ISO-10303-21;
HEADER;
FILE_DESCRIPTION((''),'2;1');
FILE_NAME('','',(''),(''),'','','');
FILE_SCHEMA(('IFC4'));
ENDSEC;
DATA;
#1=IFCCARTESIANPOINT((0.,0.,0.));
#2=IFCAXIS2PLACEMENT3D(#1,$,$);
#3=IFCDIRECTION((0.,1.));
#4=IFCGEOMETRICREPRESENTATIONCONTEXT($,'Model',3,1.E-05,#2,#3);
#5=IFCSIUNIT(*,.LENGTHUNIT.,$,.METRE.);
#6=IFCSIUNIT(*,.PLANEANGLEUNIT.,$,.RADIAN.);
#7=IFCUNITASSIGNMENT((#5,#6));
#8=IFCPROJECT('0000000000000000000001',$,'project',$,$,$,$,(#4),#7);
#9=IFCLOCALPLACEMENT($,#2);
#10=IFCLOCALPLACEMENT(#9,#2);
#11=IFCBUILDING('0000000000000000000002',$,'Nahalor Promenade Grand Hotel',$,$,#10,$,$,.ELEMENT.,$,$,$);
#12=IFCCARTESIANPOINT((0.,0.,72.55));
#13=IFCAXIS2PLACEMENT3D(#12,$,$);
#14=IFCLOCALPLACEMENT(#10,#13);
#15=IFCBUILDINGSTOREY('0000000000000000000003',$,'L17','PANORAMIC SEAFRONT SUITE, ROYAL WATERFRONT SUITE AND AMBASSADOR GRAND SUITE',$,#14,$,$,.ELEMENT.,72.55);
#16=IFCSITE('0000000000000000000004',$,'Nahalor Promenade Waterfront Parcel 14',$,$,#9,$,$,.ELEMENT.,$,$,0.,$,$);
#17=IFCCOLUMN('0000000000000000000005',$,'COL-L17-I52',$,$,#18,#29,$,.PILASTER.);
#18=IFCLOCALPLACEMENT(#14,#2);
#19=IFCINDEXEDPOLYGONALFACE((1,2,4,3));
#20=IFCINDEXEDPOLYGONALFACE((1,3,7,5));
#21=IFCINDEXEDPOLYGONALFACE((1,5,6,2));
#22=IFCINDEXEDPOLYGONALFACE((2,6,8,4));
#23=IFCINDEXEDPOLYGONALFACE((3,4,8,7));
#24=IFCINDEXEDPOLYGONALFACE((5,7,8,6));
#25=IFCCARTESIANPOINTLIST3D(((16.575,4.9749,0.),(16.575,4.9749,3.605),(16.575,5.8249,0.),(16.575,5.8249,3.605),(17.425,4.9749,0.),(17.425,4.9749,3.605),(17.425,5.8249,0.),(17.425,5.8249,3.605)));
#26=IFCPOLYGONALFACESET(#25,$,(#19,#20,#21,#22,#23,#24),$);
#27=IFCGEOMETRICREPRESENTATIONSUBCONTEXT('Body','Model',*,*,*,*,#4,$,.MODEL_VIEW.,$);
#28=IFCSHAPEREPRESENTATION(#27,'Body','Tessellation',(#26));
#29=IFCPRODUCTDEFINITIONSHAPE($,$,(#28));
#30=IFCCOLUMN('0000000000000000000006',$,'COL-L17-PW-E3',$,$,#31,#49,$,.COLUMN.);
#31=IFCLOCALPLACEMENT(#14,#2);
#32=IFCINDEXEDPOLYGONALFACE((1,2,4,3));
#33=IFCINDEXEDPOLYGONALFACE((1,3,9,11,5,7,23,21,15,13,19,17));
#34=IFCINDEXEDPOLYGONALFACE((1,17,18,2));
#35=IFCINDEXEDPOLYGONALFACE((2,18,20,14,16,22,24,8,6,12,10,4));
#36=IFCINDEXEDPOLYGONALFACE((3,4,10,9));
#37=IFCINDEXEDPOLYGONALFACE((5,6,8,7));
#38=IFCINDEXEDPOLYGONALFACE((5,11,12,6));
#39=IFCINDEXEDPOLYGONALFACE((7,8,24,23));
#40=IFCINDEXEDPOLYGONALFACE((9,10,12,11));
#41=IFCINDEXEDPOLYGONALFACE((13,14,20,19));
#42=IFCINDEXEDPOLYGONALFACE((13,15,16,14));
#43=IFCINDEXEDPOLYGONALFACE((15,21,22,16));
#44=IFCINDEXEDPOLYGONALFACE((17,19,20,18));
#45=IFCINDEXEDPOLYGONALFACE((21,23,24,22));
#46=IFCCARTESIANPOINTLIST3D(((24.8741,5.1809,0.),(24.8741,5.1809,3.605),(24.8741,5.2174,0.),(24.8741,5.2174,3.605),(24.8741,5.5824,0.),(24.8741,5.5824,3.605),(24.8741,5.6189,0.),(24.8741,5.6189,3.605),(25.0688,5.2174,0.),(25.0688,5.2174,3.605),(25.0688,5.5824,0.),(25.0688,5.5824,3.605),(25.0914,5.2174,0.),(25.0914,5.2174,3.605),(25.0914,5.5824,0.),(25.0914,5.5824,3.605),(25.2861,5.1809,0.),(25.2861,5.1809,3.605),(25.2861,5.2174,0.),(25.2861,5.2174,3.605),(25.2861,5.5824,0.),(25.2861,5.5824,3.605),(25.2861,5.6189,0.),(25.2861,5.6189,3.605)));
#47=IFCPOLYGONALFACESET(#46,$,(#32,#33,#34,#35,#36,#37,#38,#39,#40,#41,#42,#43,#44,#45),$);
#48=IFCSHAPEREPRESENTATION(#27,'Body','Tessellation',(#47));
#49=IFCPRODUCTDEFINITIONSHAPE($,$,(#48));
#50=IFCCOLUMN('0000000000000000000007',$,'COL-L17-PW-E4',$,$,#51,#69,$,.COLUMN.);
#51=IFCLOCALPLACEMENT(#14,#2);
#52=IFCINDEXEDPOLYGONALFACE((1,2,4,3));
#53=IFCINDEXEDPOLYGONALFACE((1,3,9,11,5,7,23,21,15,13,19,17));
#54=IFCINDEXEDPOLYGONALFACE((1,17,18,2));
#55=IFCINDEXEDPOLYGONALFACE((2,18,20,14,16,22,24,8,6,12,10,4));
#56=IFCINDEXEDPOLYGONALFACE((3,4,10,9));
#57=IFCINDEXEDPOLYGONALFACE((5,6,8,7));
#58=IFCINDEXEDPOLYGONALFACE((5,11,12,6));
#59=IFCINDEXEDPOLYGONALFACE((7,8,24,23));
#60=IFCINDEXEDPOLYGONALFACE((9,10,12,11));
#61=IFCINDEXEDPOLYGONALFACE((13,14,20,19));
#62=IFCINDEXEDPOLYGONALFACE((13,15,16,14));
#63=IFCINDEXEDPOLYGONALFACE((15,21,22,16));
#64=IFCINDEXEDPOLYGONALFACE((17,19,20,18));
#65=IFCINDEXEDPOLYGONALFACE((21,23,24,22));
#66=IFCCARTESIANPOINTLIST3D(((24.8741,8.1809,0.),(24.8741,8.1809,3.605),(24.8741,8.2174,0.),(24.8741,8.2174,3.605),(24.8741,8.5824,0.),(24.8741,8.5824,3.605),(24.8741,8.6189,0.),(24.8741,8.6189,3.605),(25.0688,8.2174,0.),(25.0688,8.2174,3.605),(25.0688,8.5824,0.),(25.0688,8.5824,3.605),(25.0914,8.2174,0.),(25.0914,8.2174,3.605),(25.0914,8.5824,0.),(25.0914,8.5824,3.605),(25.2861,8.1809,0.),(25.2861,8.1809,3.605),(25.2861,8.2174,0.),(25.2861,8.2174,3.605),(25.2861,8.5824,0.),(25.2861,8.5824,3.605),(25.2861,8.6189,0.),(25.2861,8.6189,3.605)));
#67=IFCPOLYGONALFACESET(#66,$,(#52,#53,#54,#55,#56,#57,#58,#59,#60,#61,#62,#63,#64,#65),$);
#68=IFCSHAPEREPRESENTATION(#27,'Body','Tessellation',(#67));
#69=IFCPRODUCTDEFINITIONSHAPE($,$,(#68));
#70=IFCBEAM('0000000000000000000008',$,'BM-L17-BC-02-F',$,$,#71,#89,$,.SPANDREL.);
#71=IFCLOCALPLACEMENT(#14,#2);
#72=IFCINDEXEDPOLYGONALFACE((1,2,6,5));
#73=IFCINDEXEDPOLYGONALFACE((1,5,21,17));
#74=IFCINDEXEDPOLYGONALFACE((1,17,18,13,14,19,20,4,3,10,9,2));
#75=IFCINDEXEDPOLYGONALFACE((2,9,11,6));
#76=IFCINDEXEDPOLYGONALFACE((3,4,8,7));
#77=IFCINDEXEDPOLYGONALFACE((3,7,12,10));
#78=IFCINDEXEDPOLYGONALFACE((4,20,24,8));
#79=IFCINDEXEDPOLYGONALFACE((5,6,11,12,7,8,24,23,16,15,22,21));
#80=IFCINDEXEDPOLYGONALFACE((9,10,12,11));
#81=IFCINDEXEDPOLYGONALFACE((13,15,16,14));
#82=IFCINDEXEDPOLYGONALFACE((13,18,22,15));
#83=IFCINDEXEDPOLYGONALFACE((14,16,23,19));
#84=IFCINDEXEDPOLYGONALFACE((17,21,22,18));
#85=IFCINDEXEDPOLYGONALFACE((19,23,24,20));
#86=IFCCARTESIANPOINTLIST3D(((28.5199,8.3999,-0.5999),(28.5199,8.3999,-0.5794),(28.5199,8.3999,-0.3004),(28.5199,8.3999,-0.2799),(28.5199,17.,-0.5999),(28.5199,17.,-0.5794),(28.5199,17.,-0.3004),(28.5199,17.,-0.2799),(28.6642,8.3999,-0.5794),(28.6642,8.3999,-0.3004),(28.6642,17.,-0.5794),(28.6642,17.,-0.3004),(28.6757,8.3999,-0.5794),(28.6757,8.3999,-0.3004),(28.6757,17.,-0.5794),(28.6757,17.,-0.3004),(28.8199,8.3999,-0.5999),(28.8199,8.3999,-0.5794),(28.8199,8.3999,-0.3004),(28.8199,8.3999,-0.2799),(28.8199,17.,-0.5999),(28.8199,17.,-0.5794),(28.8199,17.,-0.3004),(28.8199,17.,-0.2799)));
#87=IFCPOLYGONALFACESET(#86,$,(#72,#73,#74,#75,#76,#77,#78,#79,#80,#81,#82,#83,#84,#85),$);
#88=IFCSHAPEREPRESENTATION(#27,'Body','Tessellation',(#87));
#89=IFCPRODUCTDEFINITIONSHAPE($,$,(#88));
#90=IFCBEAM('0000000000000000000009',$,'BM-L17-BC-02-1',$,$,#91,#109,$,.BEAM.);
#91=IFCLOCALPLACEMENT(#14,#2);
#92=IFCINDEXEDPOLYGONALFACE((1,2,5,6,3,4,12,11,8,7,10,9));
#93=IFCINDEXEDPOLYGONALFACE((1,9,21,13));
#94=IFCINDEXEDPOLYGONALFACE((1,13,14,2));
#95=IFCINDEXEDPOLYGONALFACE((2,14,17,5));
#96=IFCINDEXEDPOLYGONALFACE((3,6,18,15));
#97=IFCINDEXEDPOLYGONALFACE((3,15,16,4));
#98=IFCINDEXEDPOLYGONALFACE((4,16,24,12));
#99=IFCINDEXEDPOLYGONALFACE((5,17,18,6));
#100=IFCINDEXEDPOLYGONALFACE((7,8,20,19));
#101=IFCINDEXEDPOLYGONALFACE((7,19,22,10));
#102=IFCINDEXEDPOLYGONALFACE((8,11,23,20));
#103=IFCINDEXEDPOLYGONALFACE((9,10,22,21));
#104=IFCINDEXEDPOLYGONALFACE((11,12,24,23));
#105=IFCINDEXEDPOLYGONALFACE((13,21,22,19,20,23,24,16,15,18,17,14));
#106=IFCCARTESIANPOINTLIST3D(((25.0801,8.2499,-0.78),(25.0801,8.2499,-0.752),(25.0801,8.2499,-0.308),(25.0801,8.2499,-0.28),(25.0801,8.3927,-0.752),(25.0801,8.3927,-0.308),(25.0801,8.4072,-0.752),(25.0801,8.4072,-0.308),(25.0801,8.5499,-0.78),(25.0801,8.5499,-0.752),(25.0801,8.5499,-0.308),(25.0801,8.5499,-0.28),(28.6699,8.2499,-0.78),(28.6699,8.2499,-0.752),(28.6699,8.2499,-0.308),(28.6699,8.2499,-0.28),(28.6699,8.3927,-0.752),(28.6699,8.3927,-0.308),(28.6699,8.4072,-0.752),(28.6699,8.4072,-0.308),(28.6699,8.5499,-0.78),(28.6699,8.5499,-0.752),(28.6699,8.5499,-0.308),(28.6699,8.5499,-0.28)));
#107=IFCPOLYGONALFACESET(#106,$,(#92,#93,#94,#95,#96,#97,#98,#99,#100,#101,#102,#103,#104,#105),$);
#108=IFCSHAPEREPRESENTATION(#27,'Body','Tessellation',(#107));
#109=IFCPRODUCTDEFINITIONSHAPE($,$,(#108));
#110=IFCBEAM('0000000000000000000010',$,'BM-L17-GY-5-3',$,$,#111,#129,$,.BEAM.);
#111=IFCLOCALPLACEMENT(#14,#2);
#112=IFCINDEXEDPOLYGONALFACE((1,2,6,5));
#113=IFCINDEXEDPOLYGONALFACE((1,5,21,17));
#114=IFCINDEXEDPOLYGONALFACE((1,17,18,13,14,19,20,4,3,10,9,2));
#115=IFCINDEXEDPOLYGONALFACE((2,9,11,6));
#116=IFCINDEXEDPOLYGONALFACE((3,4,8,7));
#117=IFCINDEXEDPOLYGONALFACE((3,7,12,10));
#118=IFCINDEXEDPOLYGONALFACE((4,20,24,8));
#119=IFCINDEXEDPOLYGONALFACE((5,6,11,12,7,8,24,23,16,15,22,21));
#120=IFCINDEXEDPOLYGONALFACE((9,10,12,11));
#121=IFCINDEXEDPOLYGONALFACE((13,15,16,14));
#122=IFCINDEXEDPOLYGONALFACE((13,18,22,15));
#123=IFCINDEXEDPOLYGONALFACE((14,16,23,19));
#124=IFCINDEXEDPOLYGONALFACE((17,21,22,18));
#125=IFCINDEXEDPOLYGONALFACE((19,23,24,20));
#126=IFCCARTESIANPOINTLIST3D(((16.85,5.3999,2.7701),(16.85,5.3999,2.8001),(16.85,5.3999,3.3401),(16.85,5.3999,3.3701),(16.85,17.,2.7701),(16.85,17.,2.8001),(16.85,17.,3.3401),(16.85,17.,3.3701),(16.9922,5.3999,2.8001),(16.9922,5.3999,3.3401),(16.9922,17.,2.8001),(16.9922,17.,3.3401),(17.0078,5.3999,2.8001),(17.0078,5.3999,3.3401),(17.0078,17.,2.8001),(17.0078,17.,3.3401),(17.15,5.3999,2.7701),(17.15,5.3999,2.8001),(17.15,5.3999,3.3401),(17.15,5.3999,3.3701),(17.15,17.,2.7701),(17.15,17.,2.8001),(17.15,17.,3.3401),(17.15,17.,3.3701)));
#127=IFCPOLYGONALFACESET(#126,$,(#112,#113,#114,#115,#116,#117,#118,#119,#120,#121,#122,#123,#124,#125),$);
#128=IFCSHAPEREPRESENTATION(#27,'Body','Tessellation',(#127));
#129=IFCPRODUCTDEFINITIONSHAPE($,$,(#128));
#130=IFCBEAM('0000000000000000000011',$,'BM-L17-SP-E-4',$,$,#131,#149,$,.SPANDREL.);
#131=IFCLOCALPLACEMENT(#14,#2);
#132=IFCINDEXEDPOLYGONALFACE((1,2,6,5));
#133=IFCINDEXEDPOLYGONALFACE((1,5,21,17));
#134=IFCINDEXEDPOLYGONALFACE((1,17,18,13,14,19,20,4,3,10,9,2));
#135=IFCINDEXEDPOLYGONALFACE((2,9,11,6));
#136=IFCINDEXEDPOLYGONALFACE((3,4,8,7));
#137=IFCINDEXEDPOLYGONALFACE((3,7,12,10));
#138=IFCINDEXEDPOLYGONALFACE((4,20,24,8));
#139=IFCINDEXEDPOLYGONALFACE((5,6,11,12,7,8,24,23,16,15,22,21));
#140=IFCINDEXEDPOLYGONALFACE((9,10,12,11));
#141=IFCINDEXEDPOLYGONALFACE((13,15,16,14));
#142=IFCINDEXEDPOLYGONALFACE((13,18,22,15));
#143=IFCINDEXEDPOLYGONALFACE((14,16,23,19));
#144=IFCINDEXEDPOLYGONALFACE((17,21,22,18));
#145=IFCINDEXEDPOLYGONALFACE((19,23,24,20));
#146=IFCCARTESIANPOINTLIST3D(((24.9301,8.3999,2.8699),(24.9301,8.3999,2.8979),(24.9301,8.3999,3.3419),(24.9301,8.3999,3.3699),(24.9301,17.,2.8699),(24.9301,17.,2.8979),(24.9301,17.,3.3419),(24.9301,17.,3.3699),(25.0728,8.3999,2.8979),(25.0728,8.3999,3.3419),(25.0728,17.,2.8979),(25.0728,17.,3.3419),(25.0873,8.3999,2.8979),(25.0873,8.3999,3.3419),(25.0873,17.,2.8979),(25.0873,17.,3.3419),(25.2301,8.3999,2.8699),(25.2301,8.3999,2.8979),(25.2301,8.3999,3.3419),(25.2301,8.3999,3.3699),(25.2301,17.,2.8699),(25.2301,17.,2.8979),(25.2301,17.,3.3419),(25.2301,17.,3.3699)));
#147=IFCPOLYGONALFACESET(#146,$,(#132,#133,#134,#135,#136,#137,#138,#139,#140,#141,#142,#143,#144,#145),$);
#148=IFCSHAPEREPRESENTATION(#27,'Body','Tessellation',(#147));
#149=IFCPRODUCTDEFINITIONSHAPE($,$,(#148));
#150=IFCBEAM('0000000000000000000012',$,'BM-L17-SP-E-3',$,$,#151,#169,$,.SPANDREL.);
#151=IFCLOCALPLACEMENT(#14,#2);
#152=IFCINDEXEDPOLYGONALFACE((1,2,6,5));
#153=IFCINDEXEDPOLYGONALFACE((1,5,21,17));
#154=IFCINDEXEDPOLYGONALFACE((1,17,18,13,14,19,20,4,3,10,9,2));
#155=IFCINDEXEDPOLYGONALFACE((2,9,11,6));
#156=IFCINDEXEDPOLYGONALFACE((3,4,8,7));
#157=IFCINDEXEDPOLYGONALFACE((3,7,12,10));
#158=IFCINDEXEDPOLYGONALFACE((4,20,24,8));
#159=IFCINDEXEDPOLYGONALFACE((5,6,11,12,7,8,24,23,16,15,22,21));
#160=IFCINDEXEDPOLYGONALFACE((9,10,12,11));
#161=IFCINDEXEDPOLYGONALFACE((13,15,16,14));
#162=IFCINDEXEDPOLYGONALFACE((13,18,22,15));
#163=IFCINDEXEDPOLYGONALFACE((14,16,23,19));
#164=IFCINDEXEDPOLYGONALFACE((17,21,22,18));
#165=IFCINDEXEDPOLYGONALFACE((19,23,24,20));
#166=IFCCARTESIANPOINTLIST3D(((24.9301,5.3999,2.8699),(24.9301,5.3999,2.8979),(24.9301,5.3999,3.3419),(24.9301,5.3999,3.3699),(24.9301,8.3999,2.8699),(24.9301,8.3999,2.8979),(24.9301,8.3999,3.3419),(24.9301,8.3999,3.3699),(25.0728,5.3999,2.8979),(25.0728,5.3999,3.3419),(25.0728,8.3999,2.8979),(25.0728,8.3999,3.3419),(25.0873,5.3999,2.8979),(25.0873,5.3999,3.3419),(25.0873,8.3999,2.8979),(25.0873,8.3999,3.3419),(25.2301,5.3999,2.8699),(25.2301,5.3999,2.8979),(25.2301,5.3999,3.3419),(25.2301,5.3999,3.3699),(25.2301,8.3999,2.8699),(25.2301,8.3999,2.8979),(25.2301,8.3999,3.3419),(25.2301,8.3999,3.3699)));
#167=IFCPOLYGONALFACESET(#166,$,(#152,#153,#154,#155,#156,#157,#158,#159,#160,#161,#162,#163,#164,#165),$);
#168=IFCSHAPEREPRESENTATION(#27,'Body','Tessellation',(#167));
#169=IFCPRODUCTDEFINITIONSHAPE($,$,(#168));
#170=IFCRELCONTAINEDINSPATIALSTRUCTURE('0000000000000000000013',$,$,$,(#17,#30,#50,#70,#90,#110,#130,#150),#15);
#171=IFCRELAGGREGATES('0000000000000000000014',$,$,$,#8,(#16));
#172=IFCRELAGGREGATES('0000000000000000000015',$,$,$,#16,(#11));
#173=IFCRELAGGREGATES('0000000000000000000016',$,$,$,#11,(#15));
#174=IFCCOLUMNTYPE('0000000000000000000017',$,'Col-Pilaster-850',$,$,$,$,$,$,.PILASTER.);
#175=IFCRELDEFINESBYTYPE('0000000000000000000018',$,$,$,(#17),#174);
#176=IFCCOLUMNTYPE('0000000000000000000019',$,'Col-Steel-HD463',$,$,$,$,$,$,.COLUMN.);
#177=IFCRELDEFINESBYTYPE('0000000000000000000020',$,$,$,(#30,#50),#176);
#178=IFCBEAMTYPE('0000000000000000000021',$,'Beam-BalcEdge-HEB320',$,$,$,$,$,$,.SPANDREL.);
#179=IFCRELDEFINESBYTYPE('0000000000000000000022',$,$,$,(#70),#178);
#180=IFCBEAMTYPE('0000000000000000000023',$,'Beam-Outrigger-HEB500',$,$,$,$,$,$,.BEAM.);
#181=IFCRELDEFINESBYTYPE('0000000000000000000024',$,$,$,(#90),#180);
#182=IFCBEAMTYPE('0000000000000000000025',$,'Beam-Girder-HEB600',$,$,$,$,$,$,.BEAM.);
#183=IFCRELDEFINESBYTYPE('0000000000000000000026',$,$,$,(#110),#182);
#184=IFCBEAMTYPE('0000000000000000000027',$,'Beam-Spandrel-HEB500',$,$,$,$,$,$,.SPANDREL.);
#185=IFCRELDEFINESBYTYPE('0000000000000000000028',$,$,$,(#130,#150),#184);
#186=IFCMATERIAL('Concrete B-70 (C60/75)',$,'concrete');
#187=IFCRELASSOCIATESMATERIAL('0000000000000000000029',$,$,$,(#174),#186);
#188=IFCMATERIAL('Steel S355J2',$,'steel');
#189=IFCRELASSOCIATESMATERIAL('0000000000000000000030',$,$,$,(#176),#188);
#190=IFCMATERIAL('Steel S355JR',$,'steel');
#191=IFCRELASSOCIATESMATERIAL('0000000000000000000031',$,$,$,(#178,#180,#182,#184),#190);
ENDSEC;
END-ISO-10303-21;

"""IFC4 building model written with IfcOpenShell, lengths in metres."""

from ifc_helpers import new_model, si_unit, direction, frame, origin, origin_2d, place, context, subcontext, project, spatial, rectangle, i_section, extrude, source, transform, mapped, material, material_profile, profile_set, type_object, element, save


model = new_model("IFC4")

# Units and contexts
model_context = context("Model", 3, precision=1e-05, world=origin(), true_north=direction((0.0, 1.0)))
body_context = subcontext(model_context, "Body", "Model", "MODEL_VIEW")
ifc_project = project(units=[si_unit("LENGTHUNIT", "METRE"), si_unit("PLANEANGLEUNIT", "RADIAN")], contexts=[model_context])

# Site, building, storey
site_placement = place(None, origin())
site = spatial("IfcSite", under=ifc_project, at=site_placement, Name="Nahalor Promenade Waterfront Parcel 14", CompositionType="ELEMENT", RefElevation=0.0)
building_placement = place(site_placement, origin())
building = spatial("IfcBuilding", under=site, at=building_placement, Name="Nahalor Promenade Grand Hotel", CompositionType="ELEMENT")
storey_placement = place(building_placement, frame((0.0, 0.0, 72.55)))
storey = spatial("IfcBuildingStorey", under=building, at=storey_placement, Name="L17", Description="PANORAMIC SEAFRONT SUITE, ROYAL WATERFRONT SUITE AND AMBASSADOR GRAND SUITE", CompositionType="ELEMENT", Elevation=72.55)

# Columns
ifc_material_1 = material(Name="Concrete B-70 (C60/75)", Category="concrete")
ifc_material_profile_1 = material_profile(ifc_material_1, rectangle(XDim=0.85, YDim=0.85, at=origin_2d()), Name="RC 850x850")
ifc_profile_set_1 = profile_set([ifc_material_profile_1], Name="Concrete B-70 (C60/75)")
column_type_1 = type_object("IfcColumnType", Name="Col-Pilaster-850", PredefinedType="PILASTER", material=ifc_profile_set_1)
shared_shape_1 = source(origin(), body_context, "Body", "SweptSolid", [
    extrude(rectangle(XDim=0.85, YDim=0.85, at=origin_2d()), origin(), (0.0, 0.0, 1.0), 3.605),
])
column_placement = place(storey_placement, frame((17.0, 5.3999, 0.0), z_axis=(0.0, 0.0, 1.0), x_axis=(1.0, 0.0, 0.0)))
element("IfcColumn", 1, at=column_placement, inside=storey, type_object=column_type_1, Name="COL-L17-I52", PredefinedType="PILASTER", context=body_context, shape_type="MappedRepresentation", body=[
    mapped(shared_shape_1, transform((0.0, 0.0, 0.0), scale=1.0)),
])
ifc_material_2 = material(Name="Steel S355J2", Category="steel")
ifc_material_profile_2 = material_profile(ifc_material_2, i_section(OverallWidth=0.412, OverallDepth=0.438, WebThickness=0.0226, FlangeThickness=0.0365, at=origin_2d()), Name="HD 400x463")
ifc_profile_set_2 = profile_set([ifc_material_profile_2], Name="Steel S355J2")
column_type_2 = type_object("IfcColumnType", Name="Col-Steel-HD463", PredefinedType="COLUMN", material=ifc_profile_set_2)
shared_shape_2 = source(origin(), body_context, "Body", "SweptSolid", [
    extrude(i_section(OverallWidth=0.412, OverallDepth=0.438, WebThickness=0.0226, FlangeThickness=0.0365, at=origin_2d()), origin(), (0.0, 0.0, 1.0), 3.605),
])
for number, where, z_axis, x_axis, name in (
    (2, (25.0801, 5.3999, 0.0), (0.0, 0.0, 1.0), (1.0, 0.0, 0.0), "COL-L17-PW-E3"),
    (3, (25.0801, 8.3999, 0.0), (0.0, 0.0, 1.0), (1.0, 0.0, 0.0), "COL-L17-PW-E4"),
):
    element("IfcColumn", number, at=place(storey_placement, frame(where, z_axis=z_axis, x_axis=x_axis)), inside=storey, type_object=column_type_2, Name=name, PredefinedType="COLUMN", context=body_context, shape_type="MappedRepresentation", body=[
        mapped(shared_shape_2, transform((0.0, 0.0, 0.0), scale=1.0)),
    ])

# Beams
ifc_material_3 = material(Name="Steel S355JR", Category="steel")
ifc_material_profile_3 = material_profile(ifc_material_3, i_section(OverallWidth=0.3, OverallDepth=0.32, WebThickness=0.0115, FlangeThickness=0.0205, at=origin_2d()), Name="HEB 320")
ifc_profile_set_3 = profile_set([ifc_material_profile_3], Name="Steel S355JR")
beam_type_1 = type_object("IfcBeamType", Name="Beam-BalcEdge-HEB320", PredefinedType="SPANDREL", material=ifc_profile_set_3)
shared_shape_3 = source(origin(), body_context, "Body", "SweptSolid", [
    extrude(i_section(OverallWidth=0.3, OverallDepth=0.32, WebThickness=0.0115, FlangeThickness=0.0205, at=origin_2d()), origin(), (0.0, 0.0, 1.0), 8.6001),
])
beam_1_placement = place(storey_placement, frame((28.6699, 8.3999, -0.4399), z_axis=(0.0, 1.0, 0.0), x_axis=(-1.0, 0.0, 0.0)))
element("IfcBeam", 4, at=beam_1_placement, inside=storey, type_object=beam_type_1, Name="BM-L17-BC-02-F", PredefinedType="SPANDREL", context=body_context, shape_type="MappedRepresentation", body=[
    mapped(shared_shape_3, transform((0.0, 0.0, 0.0), scale=1.0)),
])
ifc_material_profile_4 = material_profile(ifc_material_3, i_section(OverallWidth=0.3, OverallDepth=0.5, WebThickness=0.0145, FlangeThickness=0.028, at=origin_2d()), Name="HEB 500")
ifc_profile_set_4 = profile_set([ifc_material_profile_4], Name="Steel S355JR")
beam_type_2 = type_object("IfcBeamType", Name="Beam-Outrigger-HEB500", PredefinedType="BEAM", material=ifc_profile_set_4)
shared_shape_4 = source(origin(), body_context, "Body", "SweptSolid", [
    extrude(i_section(OverallWidth=0.3, OverallDepth=0.5, WebThickness=0.0145, FlangeThickness=0.028, at=origin_2d()), origin(), (0.0, 0.0, 1.0), 3.5898),
])
beam_2_placement = place(storey_placement, frame((25.0801, 8.3999, -0.53), z_axis=(1.0, 0.0, 0.0), x_axis=(0.0, 1.0, 0.0)))
element("IfcBeam", 5, at=beam_2_placement, inside=storey, type_object=beam_type_2, Name="BM-L17-BC-02-1", PredefinedType="BEAM", context=body_context, shape_type="MappedRepresentation", body=[
    mapped(shared_shape_4, transform((0.0, 0.0, 0.0), scale=1.0)),
])
ifc_material_profile_5 = material_profile(ifc_material_3, i_section(OverallWidth=0.3, OverallDepth=0.6, WebThickness=0.0155, FlangeThickness=0.03, at=origin_2d()), Name="HEB 600")
ifc_profile_set_5 = profile_set([ifc_material_profile_5], Name="Steel S355JR")
beam_type_3 = type_object("IfcBeamType", Name="Beam-Girder-HEB600", PredefinedType="BEAM", material=ifc_profile_set_5)
shared_shape_5 = source(origin(), body_context, "Body", "SweptSolid", [
    extrude(i_section(OverallWidth=0.3, OverallDepth=0.6, WebThickness=0.0155, FlangeThickness=0.03, at=origin_2d()), origin(), (0.0, 0.0, 1.0), 11.6001),
])
beam_3_placement = place(storey_placement, frame((17.0, 5.3999, 3.0701), z_axis=(0.0, 1.0, 0.0), x_axis=(-1.0, 0.0, 0.0)))
element("IfcBeam", 6, at=beam_3_placement, inside=storey, type_object=beam_type_3, Name="BM-L17-GY-5-3", PredefinedType="BEAM", context=body_context, shape_type="MappedRepresentation", body=[
    mapped(shared_shape_5, transform((0.0, 0.0, 0.0), scale=1.0)),
])
ifc_material_profile_6 = material_profile(ifc_material_3, i_section(OverallWidth=0.3, OverallDepth=0.5, WebThickness=0.0145, FlangeThickness=0.028, at=origin_2d()), Name="HEB 500")
ifc_profile_set_6 = profile_set([ifc_material_profile_6], Name="Steel S355JR")
beam_type_4 = type_object("IfcBeamType", Name="Beam-Spandrel-HEB500", PredefinedType="SPANDREL", material=ifc_profile_set_6)
shared_shape_6 = source(origin(), body_context, "Body", "SweptSolid", [
    extrude(i_section(OverallWidth=0.3, OverallDepth=0.5, WebThickness=0.0145, FlangeThickness=0.028, at=origin_2d()), origin(), (0.0, 0.0, 1.0), 8.6001),
])
beam_4_placement = place(storey_placement, frame((25.0801, 8.3999, 3.1199), z_axis=(0.0, 1.0, 0.0), x_axis=(-1.0, 0.0, 0.0)))
element("IfcBeam", 7, at=beam_4_placement, inside=storey, type_object=beam_type_4, Name="BM-L17-SP-E-4", PredefinedType="SPANDREL", context=body_context, shape_type="MappedRepresentation", body=[
    mapped(shared_shape_6, transform((0.0, 0.0, 0.0), scale=1.0)),
])
shared_shape_7 = source(origin(), body_context, "Body", "SweptSolid", [
    extrude(i_section(OverallWidth=0.3, OverallDepth=0.5, WebThickness=0.0145, FlangeThickness=0.028, at=origin_2d()), origin(), (0.0, 0.0, 1.0), 3.0),
])
beam_5_placement = place(storey_placement, frame((25.0801, 5.3999, 3.1199), z_axis=(0.0, 1.0, 0.0), x_axis=(-1.0, 0.0, 0.0)))
element("IfcBeam", 8, at=beam_5_placement, inside=storey, type_object=beam_type_4, Name="BM-L17-SP-E-3", PredefinedType="SPANDREL", context=body_context, shape_type="MappedRepresentation", body=[
    mapped(shared_shape_7, transform((0.0, 0.0, 0.0), scale=1.0)),
])

save(model, "model.ifc")
